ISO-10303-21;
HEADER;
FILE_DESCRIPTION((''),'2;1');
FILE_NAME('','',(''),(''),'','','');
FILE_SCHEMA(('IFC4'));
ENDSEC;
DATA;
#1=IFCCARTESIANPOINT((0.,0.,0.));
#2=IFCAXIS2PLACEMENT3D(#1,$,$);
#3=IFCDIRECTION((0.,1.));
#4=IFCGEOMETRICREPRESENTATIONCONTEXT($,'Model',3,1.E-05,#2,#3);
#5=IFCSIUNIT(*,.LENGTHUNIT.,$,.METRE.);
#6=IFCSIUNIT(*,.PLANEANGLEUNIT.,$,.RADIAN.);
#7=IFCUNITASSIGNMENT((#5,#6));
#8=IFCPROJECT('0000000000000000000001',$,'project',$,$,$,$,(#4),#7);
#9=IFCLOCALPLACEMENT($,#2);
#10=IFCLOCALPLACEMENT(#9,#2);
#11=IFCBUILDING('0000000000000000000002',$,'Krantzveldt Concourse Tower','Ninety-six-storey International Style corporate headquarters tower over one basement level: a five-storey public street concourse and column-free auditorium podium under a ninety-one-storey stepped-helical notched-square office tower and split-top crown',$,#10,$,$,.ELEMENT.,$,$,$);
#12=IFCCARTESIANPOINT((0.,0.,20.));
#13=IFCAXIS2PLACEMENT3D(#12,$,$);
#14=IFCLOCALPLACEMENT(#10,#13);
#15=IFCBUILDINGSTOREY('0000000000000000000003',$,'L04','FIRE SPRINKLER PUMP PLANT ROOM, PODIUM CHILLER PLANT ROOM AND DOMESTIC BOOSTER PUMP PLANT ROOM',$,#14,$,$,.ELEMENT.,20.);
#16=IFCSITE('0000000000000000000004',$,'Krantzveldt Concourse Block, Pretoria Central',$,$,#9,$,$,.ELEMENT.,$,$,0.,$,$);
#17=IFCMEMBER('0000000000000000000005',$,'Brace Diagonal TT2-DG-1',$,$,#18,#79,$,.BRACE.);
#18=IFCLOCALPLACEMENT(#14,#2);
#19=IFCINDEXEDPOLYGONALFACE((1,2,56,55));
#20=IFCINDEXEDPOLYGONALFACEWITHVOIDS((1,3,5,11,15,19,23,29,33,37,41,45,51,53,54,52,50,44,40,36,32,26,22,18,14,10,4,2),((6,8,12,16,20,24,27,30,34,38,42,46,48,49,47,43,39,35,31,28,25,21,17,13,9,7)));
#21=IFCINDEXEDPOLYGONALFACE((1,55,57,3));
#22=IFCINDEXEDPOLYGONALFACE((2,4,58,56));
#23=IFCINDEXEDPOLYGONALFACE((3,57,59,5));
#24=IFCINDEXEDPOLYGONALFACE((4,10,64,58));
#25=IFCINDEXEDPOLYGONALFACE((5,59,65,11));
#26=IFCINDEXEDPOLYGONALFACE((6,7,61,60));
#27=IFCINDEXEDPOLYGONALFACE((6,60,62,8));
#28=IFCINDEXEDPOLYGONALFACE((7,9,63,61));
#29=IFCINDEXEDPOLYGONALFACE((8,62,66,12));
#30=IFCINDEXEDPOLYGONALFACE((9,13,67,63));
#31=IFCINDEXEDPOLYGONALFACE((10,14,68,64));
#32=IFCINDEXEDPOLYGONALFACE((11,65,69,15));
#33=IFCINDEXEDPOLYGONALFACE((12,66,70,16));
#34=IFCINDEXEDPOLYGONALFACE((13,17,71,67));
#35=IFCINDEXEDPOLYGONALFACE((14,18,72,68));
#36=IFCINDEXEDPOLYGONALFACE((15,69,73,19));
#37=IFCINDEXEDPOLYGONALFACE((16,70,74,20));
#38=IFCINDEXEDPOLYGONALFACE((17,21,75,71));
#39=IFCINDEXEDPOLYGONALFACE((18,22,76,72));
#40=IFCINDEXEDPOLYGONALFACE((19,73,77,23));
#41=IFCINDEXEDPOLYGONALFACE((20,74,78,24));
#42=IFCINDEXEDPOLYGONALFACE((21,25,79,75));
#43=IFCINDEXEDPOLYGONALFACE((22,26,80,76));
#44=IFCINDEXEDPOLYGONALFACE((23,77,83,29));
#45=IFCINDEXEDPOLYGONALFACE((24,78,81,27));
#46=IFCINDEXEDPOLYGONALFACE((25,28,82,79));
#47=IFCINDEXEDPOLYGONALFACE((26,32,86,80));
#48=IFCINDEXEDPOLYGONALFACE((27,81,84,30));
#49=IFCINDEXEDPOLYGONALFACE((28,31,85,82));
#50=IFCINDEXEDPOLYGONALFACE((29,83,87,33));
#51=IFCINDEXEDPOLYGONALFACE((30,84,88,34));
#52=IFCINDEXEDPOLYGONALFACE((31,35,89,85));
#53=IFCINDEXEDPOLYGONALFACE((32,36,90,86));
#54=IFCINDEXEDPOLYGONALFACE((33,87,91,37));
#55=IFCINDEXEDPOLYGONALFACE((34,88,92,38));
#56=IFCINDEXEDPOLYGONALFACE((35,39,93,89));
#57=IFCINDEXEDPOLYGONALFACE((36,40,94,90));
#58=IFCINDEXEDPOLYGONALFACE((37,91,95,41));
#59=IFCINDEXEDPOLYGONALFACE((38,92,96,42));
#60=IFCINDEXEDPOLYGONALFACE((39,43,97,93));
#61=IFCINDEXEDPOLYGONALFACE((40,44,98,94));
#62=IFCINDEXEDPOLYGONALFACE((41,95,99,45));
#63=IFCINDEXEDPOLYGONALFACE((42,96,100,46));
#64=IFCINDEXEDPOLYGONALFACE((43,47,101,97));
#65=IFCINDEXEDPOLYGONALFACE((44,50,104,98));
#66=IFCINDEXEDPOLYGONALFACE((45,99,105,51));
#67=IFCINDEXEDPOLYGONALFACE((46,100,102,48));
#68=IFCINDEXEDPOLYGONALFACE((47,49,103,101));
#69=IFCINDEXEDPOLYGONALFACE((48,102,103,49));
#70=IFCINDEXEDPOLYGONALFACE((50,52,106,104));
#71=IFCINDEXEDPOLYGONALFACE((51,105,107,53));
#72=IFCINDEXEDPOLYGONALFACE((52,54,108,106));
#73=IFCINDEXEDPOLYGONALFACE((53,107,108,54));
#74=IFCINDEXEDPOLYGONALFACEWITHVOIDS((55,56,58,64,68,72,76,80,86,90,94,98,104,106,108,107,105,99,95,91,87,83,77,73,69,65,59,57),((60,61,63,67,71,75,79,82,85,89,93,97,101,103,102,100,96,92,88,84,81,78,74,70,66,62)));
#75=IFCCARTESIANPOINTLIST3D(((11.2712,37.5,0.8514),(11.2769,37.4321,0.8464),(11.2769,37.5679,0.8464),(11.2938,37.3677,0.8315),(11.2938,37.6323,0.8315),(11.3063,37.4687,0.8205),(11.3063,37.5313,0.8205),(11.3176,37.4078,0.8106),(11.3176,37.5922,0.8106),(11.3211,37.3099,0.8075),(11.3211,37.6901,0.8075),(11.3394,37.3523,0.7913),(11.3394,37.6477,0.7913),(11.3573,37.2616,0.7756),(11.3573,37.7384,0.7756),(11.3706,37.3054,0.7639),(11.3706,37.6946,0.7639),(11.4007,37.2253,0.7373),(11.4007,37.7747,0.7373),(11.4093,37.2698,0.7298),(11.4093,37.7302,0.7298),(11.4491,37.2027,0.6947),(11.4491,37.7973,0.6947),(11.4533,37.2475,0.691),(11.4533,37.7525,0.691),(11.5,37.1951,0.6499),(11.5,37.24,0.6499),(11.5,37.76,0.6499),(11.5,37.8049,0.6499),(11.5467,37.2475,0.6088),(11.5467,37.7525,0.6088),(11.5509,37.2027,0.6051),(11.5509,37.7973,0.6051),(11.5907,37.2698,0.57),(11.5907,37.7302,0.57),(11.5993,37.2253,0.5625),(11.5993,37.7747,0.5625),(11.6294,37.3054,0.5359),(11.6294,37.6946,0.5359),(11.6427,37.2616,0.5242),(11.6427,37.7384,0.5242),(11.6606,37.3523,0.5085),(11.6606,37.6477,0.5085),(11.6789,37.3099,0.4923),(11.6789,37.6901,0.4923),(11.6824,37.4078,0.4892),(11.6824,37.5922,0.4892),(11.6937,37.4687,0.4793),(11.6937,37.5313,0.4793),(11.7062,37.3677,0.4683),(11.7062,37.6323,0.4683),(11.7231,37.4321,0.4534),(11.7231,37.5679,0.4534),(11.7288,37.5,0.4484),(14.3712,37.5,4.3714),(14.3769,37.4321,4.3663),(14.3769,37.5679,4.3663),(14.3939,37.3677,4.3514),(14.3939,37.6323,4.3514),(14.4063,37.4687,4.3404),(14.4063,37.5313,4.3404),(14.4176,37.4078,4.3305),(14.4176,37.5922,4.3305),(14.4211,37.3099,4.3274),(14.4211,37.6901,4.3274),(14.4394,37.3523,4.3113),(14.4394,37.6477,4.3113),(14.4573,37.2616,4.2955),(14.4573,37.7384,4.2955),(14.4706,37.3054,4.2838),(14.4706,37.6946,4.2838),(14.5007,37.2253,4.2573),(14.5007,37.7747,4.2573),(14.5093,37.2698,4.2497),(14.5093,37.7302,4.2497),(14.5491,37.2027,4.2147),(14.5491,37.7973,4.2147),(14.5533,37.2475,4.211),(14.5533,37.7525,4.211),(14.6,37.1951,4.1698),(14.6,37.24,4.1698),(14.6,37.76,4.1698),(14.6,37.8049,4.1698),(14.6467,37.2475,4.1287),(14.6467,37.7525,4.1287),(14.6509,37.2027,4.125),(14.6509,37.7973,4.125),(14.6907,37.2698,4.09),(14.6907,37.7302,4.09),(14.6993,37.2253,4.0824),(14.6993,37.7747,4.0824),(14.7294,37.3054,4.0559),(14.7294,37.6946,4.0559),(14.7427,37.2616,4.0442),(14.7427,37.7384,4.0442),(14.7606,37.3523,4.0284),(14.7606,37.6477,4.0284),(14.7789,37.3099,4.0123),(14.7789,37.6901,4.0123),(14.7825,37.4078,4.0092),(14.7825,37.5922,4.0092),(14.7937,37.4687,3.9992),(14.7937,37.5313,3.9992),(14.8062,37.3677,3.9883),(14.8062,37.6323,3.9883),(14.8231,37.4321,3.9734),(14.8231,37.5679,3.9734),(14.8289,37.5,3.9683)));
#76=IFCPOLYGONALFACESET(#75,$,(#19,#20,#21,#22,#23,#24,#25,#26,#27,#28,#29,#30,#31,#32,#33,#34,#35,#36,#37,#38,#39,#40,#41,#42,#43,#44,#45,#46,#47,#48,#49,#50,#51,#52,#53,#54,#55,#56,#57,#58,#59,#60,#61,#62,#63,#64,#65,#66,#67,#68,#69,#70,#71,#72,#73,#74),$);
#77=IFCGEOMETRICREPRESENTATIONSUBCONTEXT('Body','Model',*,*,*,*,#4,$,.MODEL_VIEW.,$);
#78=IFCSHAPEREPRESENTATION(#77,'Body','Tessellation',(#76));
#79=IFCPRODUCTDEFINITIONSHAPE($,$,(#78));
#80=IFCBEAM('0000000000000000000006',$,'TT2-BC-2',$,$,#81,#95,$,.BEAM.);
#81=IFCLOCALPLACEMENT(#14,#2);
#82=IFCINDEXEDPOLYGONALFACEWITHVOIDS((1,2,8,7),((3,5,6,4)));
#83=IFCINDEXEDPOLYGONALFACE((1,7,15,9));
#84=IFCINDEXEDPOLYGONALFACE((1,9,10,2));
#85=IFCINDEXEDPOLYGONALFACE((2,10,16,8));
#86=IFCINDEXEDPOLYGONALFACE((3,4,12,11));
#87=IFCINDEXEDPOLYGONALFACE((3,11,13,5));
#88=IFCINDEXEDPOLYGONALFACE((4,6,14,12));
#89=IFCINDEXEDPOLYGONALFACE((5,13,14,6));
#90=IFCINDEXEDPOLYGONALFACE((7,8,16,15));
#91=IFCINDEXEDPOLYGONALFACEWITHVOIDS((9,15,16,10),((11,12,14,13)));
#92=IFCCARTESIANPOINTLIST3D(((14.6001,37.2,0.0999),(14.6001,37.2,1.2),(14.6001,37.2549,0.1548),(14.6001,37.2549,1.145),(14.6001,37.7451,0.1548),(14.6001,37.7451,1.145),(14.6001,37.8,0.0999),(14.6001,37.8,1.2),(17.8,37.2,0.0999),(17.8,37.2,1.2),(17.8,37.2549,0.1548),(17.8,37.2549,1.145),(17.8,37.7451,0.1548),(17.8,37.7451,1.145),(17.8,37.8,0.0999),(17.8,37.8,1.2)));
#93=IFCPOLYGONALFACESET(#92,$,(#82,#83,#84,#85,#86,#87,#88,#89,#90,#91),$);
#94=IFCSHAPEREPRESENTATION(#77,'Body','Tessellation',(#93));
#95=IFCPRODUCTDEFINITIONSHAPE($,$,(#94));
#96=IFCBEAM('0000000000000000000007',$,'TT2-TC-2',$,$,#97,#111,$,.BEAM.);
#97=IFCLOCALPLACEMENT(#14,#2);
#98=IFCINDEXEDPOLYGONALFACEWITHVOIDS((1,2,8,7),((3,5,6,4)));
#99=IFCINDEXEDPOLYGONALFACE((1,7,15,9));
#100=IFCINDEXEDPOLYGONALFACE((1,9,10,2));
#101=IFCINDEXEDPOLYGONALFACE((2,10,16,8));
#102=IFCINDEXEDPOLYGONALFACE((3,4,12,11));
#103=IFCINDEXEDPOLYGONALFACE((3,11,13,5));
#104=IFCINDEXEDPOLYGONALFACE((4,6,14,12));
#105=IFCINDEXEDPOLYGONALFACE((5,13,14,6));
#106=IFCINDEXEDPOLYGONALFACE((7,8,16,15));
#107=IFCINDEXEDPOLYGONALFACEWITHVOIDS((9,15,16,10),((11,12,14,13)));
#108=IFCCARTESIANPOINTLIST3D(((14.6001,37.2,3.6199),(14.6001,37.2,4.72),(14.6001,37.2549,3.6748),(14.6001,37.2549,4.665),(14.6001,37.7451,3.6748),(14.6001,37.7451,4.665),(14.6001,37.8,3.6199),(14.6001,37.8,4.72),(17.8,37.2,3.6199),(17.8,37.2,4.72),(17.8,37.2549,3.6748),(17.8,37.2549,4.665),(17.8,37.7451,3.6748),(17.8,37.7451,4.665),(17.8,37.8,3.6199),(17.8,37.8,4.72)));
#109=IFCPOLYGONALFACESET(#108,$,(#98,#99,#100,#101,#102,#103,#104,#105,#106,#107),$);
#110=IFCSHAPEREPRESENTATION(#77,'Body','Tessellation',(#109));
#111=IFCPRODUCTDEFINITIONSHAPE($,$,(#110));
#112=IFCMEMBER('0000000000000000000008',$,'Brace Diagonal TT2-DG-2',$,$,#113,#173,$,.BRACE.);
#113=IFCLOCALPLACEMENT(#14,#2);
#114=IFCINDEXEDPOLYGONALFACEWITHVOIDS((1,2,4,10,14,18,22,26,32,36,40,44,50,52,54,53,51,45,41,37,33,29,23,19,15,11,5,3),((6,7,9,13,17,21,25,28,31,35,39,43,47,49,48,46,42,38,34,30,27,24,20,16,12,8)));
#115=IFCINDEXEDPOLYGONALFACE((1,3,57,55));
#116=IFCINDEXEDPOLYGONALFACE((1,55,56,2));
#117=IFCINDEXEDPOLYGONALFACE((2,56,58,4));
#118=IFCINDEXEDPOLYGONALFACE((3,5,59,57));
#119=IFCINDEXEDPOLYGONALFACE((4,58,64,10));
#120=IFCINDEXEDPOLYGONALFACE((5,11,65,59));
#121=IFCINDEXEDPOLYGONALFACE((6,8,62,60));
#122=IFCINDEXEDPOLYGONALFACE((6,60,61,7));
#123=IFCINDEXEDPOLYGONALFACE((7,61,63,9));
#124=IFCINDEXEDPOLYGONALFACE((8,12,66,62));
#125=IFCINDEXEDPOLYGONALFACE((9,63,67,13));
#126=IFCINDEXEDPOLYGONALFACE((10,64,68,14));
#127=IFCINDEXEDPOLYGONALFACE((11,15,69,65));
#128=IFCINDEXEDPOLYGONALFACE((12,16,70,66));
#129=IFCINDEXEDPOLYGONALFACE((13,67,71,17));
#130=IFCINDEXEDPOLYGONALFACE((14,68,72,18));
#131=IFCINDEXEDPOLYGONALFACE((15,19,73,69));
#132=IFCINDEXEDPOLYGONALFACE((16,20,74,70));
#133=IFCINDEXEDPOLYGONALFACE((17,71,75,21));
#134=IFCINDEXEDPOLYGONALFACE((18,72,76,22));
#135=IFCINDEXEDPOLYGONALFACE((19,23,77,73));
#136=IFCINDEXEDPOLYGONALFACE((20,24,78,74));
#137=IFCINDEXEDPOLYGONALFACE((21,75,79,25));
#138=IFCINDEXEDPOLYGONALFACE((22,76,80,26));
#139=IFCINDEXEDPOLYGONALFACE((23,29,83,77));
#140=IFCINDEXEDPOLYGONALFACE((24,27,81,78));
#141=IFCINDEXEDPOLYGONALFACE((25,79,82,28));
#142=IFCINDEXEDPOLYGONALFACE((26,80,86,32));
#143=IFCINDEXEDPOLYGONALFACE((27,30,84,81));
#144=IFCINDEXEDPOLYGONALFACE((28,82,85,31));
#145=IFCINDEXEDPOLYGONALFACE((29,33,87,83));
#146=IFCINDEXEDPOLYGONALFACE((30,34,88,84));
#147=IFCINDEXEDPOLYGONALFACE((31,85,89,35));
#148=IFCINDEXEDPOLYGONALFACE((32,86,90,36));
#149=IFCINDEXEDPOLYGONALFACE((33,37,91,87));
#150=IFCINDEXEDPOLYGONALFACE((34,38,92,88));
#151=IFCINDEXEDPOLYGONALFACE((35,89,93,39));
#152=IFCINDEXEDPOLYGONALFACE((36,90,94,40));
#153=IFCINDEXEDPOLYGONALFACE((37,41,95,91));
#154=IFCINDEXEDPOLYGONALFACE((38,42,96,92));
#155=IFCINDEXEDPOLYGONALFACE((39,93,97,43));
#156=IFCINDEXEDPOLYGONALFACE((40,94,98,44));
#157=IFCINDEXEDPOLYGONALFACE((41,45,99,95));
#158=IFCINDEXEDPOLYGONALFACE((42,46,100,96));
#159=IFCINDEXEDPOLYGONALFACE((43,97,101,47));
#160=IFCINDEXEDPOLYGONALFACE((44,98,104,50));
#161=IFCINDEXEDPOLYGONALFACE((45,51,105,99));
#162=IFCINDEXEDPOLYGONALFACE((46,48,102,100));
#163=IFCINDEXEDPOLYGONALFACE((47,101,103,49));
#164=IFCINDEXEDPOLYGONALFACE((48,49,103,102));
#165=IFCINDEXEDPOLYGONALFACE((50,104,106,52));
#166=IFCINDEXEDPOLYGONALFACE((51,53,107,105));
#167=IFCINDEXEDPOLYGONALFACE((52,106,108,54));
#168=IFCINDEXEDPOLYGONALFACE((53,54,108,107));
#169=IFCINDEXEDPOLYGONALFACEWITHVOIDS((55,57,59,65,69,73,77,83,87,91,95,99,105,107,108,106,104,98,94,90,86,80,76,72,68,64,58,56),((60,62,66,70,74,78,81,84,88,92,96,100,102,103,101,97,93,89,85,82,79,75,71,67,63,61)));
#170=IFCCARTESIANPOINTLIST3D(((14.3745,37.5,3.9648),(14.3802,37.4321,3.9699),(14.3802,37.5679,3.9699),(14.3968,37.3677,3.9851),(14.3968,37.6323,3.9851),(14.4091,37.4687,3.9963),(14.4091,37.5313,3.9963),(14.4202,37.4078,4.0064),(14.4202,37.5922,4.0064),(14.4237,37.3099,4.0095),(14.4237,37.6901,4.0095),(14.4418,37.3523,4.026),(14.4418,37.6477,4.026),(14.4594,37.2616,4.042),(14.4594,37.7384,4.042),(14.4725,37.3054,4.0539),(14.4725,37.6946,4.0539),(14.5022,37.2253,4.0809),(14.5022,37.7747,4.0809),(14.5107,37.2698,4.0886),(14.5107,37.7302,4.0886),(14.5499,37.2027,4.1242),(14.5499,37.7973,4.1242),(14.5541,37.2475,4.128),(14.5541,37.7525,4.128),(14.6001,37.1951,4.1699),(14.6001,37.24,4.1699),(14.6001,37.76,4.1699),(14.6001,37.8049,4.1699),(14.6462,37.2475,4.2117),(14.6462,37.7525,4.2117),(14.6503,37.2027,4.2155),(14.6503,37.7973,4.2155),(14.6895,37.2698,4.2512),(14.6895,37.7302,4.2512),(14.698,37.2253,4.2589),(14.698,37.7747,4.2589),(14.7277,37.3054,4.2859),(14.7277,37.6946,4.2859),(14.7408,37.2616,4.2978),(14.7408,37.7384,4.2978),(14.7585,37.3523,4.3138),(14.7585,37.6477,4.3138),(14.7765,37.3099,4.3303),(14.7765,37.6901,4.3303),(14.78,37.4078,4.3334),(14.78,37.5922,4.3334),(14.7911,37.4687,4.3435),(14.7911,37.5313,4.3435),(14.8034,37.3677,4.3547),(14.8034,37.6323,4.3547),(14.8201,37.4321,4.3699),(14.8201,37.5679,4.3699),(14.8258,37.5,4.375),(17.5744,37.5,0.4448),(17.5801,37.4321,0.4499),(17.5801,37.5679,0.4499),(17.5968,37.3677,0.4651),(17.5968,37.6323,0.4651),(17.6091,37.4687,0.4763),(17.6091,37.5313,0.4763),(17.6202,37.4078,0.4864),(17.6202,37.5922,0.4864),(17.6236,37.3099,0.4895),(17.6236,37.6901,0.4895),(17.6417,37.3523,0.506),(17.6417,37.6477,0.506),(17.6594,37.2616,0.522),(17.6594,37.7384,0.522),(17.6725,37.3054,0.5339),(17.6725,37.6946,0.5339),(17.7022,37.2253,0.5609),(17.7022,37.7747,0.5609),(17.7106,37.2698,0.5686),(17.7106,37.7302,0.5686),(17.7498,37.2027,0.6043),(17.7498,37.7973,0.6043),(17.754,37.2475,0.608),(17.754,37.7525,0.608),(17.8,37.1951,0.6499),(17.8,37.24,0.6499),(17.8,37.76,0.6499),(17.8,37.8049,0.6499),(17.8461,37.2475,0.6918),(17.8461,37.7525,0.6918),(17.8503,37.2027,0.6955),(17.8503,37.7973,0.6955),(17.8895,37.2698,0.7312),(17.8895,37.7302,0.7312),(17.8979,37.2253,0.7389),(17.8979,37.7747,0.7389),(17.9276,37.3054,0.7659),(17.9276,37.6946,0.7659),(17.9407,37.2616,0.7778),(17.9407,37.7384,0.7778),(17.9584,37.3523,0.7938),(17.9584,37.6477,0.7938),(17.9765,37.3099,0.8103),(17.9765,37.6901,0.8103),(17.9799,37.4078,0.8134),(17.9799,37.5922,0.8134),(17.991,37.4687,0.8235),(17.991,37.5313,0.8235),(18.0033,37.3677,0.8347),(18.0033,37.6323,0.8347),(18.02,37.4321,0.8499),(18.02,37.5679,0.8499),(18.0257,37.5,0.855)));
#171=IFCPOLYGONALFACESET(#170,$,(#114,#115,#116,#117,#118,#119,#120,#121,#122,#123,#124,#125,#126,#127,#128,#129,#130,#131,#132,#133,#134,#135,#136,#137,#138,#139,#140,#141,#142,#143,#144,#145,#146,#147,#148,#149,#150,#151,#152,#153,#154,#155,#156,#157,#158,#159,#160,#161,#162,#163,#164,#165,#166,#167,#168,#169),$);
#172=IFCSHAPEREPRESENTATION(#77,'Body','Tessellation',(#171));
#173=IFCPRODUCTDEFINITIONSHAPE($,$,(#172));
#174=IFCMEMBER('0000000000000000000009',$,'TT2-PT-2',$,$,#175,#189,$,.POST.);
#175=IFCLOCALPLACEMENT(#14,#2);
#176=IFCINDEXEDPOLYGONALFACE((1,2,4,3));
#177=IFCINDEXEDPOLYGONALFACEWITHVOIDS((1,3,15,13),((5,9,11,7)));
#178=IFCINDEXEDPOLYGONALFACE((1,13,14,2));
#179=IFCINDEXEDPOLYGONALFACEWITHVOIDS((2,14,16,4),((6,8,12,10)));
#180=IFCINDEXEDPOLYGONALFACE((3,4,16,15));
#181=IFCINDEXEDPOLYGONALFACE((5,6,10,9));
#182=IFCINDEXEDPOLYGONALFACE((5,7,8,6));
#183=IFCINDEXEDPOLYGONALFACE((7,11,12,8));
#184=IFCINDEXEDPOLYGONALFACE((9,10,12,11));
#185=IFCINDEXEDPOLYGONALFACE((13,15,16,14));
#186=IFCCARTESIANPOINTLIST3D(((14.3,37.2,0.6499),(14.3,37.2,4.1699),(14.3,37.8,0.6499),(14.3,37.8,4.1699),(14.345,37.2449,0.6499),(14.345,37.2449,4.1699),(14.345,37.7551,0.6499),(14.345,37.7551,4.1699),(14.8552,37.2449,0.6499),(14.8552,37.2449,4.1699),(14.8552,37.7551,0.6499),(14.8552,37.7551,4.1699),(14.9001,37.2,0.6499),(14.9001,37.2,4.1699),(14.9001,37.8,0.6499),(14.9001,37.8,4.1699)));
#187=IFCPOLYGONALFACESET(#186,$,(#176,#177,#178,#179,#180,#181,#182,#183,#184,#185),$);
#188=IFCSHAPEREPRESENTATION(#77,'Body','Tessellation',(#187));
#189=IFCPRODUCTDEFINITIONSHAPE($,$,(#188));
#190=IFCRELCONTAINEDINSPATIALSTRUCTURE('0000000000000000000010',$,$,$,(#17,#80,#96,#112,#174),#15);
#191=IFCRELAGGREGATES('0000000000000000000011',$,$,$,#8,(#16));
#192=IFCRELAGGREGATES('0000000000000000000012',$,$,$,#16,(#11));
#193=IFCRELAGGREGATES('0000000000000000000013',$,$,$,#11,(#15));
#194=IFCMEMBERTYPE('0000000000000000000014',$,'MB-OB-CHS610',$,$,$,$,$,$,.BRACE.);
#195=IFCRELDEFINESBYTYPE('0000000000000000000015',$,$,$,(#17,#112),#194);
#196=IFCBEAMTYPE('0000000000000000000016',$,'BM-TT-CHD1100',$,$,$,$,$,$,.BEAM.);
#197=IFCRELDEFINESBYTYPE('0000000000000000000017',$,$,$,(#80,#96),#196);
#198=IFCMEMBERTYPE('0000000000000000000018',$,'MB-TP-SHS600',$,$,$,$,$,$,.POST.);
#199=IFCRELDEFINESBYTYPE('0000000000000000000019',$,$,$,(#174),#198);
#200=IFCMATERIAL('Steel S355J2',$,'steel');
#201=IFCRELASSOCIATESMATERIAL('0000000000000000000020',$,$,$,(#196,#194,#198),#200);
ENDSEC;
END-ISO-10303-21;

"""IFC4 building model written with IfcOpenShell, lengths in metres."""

from ifc_helpers import new_model, si_unit, direction, frame, origin, origin_2d, place, context, subcontext, project, spatial, hollow_rectangle, hollow_circle, extrude, source, transform, mapped, material, material_profile, profile_set, type_object, type_shapes, element, save


model = new_model("IFC4")

# Units and contexts
model_context = context("Model", 3, precision=1e-05, world=origin(), true_north=direction((0.0, 1.0)))
body_context = subcontext(model_context, "Body", "Model", "MODEL_VIEW")
ifc_project = project(units=[si_unit("LENGTHUNIT", "METRE"), si_unit("PLANEANGLEUNIT", "RADIAN")], contexts=[model_context])

# Site, building, storey
site_placement = place(None, origin())
site = spatial("IfcSite", under=ifc_project, at=site_placement, Name="Krantzveldt Concourse Block, Pretoria Central", CompositionType="ELEMENT", RefElevation=0.0)
building_placement = place(site_placement, origin())
building = spatial("IfcBuilding", under=site, at=building_placement, Name="Krantzveldt Concourse Tower", Description="Ninety-six-storey International Style corporate headquarters tower over one basement level: a five-storey public street concourse and column-free auditorium podium under a ninety-one-storey stepped-helical notched-square office tower and split-top crown", CompositionType="ELEMENT")
storey_placement = place(building_placement, frame((0.0, 0.0, 20.0)))
storey = spatial("IfcBuildingStorey", under=building, at=storey_placement, Name="L04", Description="FIRE SPRINKLER PUMP PLANT ROOM, PODIUM CHILLER PLANT ROOM AND DOMESTIC BOOSTER PUMP PLANT ROOM", CompositionType="ELEMENT", Elevation=20.0)

# Shared definitions
ifc_material_1 = material(Name="Steel S355J2", Category="steel")
ifc_material_profile_1 = material_profile(ifc_material_1, hollow_rectangle(XDim=0.6001, YDim=1.1001, WallThickness=0.0549, at=origin_2d()), Name="Steel S355J2", Category="steel")
ifc_profile_set_1 = profile_set([ifc_material_profile_1], Name="Steel S355J2 - RHS 1100x600x55")
beam_type_1 = type_object("IfcBeamType", Name="BM-TT-CHD1100", PredefinedType="BEAM", material=ifc_profile_set_1)

# Member
ifc_material_profile_2 = material_profile(ifc_material_1, hollow_circle(Radius=0.3049, WallThickness=0.0449, at=origin_2d()), Name="Steel S355J2", Category="steel")
ifc_profile_set_2 = profile_set([ifc_material_profile_2], Name="Steel S355J2 - CHS 610x45")
member_type_1 = type_object("IfcMemberType", Name="MB-OB-CHS610", PredefinedType="BRACE", material=ifc_profile_set_2)
shared_shape_1 = source(origin(), body_context, "Body", "SweptSolid", [
    extrude(hollow_circle(Radius=0.3049, WallThickness=0.0449, at=origin_2d()), origin(), (0.0, 0.0, 1.0), 4.6904),
])
member_1_placement = place(storey_placement, frame((11.5, 37.5, 0.6499), z_axis=(0.660926, 0.0, 0.750451), x_axis=(0.0, 1.0, 0.0)))
element("IfcMember", 1, at=member_1_placement, inside=storey, type_object=member_type_1, Name="Brace Diagonal TT2-DG-1", PredefinedType="BRACE", context=body_context, shape_type="MappedRepresentation", body=[
    mapped(shared_shape_1, transform((0.0, 0.0, 0.0), x_axis=(1.0, 0.0, 0.0), y_axis=(0.0, 1.0, 0.0), z_axis=(0.0, 0.0, 1.0), scale=1.0)),
])

# Beams
shared_shape_2 = source(origin(), body_context, "Body", "SweptSolid", [
    extrude(hollow_rectangle(XDim=0.6001, YDim=1.1001, WallThickness=0.0549, at=origin_2d()), origin(), (0.0, 0.0, 1.0), 3.2),
])
for number, where, z_axis, x_axis, name in (
    (2, (14.6001, 37.5, 0.6499), (1.0, 0.0, 0.0), (0.0, 1.0, 0.0), "TT2-BC-2"),
    (3, (14.6001, 37.5, 4.1699), (1.0, 0.0, 0.0), (0.0, 1.0, 0.0), "TT2-TC-2"),
):
    element("IfcBeam", number, at=place(storey_placement, frame(where, z_axis=z_axis, x_axis=x_axis)), inside=storey, type_object=beam_type_1, Name=name, PredefinedType="BEAM", context=body_context, shape_type="MappedRepresentation", body=[
        mapped(shared_shape_2, transform((0.0, 0.0, 0.0), x_axis=(1.0, 0.0, 0.0), y_axis=(0.0, 1.0, 0.0), z_axis=(0.0, 0.0, 1.0), scale=1.0)),
    ])

# Members
shared_shape_3 = source(origin(), body_context, "Body", "SweptSolid", [
    extrude(hollow_circle(Radius=0.3049, WallThickness=0.0449, at=origin_2d()), origin(), (0.0, 0.0, 1.0), 4.7571),
])
type_shapes(member_type_1, [shared_shape_1, shared_shape_3])
member_2_placement = place(storey_placement, frame((17.8, 37.5, 0.6499), z_axis=(-0.672665, 0.0, 0.739947), x_axis=(0.0, -1.0, 0.0)))
element("IfcMember", 4, at=member_2_placement, inside=storey, type_object=member_type_1, Name="Brace Diagonal TT2-DG-2", PredefinedType="BRACE", context=body_context, shape_type="MappedRepresentation", body=[
    mapped(shared_shape_3, transform((0.0, 0.0, 0.0), x_axis=(1.0, 0.0, 0.0), y_axis=(0.0, 1.0, 0.0), z_axis=(0.0, 0.0, 1.0), scale=1.0)),
])
ifc_material_profile_3 = material_profile(ifc_material_1, hollow_rectangle(XDim=0.6001, YDim=0.6001, WallThickness=0.0449, at=origin_2d()), Name="Steel S355J2", Category="steel")
ifc_profile_set_3 = profile_set([ifc_material_profile_3], Name="Steel S355J2 - SHS 600x600x45")
member_type_2 = type_object("IfcMemberType", Name="MB-TP-SHS600", PredefinedType="POST", material=ifc_profile_set_3)
shared_shape_4 = source(origin(), body_context, "Body", "SweptSolid", [
    extrude(hollow_rectangle(XDim=0.6001, YDim=0.6001, WallThickness=0.0449, at=origin_2d()), origin(), (0.0, 0.0, 1.0), 3.52),
])
type_shapes(member_type_2, [shared_shape_4])
member_3_placement = place(storey_placement, frame((14.6001, 37.5, 0.6499), z_axis=(0.0, 0.0, 1.0), x_axis=(1.0, 0.0, 0.0)))
element("IfcMember", 5, at=member_3_placement, inside=storey, type_object=member_type_2, Name="TT2-PT-2", PredefinedType="POST", context=body_context, shape_type="MappedRepresentation", body=[
    mapped(shared_shape_4, transform((0.0, 0.0, 0.0), x_axis=(1.0, 0.0, 0.0), y_axis=(0.0, 1.0, 0.0), z_axis=(0.0, 0.0, 1.0), scale=1.0)),
])

save(model, "model.ifc")
